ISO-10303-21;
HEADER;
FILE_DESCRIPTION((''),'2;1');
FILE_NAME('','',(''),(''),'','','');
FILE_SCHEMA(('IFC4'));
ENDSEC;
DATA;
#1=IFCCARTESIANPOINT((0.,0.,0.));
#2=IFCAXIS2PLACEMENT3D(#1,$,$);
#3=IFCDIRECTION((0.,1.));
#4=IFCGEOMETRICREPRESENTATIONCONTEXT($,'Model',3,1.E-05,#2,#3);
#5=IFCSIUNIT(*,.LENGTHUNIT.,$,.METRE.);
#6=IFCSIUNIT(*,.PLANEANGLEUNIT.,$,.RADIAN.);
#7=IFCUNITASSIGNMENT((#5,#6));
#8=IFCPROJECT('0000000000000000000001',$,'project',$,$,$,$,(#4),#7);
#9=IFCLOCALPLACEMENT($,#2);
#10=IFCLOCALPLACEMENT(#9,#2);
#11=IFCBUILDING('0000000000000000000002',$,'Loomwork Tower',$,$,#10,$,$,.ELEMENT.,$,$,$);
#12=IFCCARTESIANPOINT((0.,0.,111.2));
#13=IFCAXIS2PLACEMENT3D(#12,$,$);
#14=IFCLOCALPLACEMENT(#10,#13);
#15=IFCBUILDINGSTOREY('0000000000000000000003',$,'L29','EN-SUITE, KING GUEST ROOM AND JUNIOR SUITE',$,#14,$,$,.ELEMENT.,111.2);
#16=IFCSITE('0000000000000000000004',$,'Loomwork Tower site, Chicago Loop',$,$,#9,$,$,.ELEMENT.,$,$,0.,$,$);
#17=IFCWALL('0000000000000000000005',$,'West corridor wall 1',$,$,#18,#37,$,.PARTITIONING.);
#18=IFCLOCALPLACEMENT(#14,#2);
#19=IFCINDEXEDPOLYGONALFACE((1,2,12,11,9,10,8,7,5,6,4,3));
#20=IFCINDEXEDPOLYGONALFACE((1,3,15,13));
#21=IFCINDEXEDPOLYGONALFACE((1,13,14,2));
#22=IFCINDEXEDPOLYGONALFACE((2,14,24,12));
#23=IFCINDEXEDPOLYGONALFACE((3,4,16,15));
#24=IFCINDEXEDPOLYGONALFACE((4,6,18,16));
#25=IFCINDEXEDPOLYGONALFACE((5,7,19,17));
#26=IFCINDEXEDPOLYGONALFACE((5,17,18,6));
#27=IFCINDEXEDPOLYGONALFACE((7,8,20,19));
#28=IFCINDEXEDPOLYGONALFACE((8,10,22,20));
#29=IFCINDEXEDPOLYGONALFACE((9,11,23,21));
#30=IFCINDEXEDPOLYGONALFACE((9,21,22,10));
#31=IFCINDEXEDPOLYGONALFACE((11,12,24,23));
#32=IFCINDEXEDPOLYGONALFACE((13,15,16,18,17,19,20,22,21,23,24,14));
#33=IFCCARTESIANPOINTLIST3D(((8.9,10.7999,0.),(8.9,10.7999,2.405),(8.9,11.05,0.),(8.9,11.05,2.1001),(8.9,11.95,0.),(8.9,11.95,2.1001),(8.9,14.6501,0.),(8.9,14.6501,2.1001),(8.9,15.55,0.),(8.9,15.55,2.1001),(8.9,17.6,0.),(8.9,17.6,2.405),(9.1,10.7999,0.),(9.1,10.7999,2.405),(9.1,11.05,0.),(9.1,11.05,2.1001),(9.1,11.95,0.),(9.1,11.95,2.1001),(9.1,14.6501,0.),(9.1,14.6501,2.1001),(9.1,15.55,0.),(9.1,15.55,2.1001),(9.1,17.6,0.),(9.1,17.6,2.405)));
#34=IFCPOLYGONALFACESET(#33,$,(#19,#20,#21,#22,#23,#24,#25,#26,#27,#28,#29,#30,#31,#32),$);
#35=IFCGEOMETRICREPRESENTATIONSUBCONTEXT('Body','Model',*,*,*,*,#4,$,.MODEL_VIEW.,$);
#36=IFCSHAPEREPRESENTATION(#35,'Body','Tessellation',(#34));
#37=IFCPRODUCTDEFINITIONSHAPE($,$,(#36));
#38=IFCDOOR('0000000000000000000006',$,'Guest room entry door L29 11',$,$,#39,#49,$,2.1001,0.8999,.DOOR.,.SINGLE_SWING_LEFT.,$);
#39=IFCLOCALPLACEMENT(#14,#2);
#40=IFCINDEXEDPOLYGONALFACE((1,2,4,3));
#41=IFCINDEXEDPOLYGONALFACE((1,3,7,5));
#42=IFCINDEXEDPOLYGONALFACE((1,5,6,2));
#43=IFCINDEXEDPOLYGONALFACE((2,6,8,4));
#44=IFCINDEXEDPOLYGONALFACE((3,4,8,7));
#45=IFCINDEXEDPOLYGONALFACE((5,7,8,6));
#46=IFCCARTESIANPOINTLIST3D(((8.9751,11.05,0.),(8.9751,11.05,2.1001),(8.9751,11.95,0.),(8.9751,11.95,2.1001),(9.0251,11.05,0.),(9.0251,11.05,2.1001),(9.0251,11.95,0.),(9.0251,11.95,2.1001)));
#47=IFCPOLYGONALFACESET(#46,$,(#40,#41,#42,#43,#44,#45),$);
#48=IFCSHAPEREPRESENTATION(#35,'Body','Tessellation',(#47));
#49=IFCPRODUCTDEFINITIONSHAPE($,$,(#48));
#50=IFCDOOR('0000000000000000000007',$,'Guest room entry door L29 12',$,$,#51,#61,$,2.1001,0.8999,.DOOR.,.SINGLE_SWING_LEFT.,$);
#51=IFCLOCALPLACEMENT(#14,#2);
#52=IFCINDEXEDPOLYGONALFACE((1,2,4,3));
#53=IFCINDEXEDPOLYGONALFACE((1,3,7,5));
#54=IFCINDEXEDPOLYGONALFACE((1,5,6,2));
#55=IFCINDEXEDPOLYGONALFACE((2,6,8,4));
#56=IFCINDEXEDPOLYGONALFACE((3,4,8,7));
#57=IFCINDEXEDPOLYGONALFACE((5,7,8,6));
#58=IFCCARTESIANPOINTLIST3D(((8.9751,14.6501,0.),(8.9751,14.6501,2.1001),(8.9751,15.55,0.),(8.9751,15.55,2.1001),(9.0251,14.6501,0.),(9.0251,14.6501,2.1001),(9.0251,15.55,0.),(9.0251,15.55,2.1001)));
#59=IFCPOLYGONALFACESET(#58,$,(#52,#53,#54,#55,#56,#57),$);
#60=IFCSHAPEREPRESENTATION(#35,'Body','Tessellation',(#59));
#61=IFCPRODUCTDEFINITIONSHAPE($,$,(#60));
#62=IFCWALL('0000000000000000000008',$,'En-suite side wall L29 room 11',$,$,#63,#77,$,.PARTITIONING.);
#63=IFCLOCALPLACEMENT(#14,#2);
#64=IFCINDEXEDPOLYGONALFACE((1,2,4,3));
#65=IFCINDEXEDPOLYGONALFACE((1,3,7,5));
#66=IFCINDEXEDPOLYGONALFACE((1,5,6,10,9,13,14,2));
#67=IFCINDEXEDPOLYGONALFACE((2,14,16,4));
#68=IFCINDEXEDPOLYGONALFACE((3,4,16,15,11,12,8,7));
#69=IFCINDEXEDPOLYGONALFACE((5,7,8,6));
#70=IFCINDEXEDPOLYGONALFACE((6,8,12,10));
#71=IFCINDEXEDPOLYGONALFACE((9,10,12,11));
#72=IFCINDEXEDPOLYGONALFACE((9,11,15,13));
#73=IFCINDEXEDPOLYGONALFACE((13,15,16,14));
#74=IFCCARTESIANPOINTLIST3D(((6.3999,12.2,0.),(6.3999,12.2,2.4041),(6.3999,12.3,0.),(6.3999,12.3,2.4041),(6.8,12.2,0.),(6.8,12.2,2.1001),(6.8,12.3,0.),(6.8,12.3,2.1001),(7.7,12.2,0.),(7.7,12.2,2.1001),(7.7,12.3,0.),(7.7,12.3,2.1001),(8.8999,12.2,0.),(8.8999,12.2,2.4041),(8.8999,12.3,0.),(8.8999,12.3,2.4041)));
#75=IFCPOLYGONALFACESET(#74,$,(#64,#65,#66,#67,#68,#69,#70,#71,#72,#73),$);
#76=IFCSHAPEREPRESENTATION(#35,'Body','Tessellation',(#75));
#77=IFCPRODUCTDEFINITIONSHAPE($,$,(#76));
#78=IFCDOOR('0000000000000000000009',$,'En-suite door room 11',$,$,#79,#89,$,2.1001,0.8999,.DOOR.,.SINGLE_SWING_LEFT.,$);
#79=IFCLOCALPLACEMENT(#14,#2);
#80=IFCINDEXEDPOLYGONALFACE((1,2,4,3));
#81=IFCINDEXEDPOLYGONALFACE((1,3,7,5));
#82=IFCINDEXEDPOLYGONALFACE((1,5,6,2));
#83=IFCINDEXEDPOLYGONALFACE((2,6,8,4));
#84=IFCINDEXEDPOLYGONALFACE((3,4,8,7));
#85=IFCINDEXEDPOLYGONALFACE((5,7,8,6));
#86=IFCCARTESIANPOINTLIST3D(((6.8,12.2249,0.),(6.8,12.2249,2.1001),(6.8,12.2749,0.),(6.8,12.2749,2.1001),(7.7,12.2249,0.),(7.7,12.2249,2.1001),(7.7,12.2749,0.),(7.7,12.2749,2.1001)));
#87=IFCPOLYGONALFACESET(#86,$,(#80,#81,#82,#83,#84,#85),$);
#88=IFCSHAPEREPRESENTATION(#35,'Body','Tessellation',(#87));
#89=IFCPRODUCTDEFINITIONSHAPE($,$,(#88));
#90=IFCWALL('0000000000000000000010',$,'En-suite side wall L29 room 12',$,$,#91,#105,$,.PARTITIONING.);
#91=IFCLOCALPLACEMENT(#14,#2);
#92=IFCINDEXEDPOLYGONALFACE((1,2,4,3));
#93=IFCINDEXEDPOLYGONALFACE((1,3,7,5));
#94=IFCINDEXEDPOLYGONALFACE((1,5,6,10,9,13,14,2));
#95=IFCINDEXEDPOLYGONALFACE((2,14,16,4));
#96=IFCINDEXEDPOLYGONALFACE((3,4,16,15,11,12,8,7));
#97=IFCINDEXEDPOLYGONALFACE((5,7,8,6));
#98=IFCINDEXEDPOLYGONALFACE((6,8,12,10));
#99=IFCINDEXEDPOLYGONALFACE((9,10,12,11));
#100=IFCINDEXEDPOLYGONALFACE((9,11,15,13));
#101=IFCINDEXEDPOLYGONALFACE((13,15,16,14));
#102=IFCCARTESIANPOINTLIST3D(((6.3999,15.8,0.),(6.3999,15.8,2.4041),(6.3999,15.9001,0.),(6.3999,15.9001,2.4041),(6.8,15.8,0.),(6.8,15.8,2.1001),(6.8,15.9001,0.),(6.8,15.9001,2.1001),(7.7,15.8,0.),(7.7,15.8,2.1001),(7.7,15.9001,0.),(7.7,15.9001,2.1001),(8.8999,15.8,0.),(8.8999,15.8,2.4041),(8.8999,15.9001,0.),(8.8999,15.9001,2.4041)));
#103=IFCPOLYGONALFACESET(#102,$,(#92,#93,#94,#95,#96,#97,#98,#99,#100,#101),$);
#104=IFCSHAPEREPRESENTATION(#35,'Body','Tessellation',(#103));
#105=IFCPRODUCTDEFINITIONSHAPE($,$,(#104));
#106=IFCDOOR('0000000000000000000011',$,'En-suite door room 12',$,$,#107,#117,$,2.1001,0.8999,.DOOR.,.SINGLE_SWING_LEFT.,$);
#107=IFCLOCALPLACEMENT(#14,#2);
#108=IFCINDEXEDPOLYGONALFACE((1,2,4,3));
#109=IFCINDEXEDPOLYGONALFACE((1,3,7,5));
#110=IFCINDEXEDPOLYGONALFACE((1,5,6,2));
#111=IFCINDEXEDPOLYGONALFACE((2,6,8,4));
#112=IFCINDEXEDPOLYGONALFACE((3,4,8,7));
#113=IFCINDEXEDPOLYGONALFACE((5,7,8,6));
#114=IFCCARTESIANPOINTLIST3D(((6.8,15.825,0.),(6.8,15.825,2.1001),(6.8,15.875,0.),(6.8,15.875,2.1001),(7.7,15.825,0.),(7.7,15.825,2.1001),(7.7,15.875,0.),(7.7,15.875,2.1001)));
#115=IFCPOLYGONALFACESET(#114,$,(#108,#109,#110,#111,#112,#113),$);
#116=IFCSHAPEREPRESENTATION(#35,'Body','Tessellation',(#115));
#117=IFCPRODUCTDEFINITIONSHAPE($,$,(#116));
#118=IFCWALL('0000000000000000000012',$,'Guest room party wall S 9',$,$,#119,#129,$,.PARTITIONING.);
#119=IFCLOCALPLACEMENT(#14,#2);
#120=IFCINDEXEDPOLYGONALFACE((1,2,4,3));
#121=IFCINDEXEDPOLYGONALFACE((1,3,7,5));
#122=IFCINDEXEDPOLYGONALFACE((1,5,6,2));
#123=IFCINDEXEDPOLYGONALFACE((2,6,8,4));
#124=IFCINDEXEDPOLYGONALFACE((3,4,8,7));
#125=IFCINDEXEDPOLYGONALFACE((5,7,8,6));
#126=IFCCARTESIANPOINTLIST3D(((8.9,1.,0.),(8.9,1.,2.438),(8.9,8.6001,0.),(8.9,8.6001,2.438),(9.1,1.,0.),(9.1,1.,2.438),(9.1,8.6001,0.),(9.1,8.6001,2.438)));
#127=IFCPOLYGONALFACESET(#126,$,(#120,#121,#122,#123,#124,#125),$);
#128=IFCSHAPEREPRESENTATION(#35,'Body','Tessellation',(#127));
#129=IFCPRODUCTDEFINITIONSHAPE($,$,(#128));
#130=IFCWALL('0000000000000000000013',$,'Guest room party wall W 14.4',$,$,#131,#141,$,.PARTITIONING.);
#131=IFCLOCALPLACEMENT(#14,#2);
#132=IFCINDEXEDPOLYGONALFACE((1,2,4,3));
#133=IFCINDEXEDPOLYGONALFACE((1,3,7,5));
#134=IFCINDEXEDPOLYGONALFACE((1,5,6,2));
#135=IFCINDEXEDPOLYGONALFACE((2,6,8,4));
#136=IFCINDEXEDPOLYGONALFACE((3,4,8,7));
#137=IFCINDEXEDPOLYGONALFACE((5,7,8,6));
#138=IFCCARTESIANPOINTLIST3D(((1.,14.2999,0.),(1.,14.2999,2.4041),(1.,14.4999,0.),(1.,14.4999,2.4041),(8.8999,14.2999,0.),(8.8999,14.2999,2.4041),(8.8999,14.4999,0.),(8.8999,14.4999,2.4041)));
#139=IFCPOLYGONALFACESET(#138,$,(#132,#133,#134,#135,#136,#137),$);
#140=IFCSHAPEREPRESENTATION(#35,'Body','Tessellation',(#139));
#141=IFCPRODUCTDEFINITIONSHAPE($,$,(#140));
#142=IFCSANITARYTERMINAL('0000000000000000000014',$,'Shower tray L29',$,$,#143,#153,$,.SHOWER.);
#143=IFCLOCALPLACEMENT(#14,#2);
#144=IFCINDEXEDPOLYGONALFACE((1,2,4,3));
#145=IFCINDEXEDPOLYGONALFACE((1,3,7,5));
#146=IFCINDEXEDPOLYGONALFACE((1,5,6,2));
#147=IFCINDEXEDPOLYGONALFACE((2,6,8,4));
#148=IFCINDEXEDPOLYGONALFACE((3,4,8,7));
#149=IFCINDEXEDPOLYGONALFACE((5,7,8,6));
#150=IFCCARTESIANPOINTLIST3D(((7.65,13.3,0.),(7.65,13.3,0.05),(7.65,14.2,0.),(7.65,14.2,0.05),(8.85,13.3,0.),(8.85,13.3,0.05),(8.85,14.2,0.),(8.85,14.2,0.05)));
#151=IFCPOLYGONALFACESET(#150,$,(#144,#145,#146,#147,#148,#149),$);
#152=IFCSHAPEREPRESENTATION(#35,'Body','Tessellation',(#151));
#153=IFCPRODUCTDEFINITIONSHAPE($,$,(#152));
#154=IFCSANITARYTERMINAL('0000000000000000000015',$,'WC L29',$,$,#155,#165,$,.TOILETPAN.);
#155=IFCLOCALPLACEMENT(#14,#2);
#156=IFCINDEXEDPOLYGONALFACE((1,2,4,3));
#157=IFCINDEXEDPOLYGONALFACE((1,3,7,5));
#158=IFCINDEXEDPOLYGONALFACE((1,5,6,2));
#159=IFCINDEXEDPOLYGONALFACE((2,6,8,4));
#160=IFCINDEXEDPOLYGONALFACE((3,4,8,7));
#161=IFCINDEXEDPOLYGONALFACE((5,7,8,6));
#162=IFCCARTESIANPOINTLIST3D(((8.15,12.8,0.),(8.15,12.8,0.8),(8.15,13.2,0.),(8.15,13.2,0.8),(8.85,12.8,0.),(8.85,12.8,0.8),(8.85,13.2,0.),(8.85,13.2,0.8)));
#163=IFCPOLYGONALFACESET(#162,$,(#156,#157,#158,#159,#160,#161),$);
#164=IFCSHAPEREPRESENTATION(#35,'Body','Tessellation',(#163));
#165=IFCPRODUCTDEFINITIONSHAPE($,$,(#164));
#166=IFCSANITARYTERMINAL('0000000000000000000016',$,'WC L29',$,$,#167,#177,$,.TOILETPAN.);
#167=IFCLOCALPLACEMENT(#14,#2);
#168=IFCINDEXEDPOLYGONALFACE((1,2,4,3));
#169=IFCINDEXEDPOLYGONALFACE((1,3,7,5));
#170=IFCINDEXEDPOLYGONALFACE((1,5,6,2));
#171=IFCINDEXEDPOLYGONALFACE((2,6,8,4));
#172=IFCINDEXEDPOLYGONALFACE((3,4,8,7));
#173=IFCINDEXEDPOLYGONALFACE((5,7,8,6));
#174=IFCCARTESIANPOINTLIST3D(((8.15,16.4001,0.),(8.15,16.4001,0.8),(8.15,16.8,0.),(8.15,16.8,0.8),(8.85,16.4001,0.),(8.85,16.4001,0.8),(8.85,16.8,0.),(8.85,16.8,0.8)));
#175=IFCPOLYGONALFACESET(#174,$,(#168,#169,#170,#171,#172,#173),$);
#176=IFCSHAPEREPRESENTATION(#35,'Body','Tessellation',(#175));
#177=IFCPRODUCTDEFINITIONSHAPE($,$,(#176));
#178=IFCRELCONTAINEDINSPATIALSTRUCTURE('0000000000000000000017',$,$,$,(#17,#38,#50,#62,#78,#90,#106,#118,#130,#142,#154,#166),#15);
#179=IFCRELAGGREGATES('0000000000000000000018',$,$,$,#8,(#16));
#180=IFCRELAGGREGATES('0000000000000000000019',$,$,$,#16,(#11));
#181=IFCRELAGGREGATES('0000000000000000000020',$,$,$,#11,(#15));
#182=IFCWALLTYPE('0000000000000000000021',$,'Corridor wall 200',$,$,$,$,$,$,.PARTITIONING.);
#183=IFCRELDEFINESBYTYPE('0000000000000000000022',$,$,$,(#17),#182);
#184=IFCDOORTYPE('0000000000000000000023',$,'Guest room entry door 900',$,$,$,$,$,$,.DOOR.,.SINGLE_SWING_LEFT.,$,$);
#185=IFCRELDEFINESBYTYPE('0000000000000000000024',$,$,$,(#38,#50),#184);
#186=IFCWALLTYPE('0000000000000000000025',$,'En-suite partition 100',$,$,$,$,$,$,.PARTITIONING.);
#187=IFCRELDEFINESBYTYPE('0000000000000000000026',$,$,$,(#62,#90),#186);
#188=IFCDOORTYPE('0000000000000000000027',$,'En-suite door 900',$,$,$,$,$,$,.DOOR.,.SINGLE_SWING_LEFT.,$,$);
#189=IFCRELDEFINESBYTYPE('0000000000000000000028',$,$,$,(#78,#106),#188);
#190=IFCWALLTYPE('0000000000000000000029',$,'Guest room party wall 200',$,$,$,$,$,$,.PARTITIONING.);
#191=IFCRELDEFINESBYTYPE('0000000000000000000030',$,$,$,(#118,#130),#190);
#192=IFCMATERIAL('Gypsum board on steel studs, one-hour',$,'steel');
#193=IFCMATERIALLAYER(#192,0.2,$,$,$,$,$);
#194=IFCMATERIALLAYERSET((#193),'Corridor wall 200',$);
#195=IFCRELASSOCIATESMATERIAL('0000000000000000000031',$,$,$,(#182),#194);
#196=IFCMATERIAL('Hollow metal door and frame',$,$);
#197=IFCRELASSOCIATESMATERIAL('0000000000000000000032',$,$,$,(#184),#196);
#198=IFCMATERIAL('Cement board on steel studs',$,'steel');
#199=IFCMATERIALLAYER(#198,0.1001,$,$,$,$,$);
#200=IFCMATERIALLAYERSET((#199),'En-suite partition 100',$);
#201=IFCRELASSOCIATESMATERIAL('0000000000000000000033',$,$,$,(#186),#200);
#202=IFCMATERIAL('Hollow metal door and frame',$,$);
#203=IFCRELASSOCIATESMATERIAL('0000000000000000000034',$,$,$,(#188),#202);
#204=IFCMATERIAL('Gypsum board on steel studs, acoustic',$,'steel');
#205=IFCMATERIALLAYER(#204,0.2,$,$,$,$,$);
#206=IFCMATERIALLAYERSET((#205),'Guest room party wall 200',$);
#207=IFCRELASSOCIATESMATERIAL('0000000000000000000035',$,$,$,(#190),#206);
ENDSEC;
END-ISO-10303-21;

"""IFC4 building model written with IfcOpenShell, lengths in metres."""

from ifc_helpers import new_model, si_unit, direction, frame, frame_2d, origin, origin_2d, place, context, subcontext, project, spatial, rectangle, extrude, material, layer, layer_set, type_object, element, fill, save


model = new_model("IFC4")

# Units and contexts
model_context = context("Model", 3, precision=1e-05, world=origin(), true_north=direction((0.0, 1.0)))
body_context = subcontext(model_context, "Body", "Model", "MODEL_VIEW")
ifc_project = project(units=[si_unit("LENGTHUNIT", "METRE"), si_unit("PLANEANGLEUNIT", "RADIAN")], contexts=[model_context])

# Site, building, storey
site_placement = place(None, origin())
site = spatial("IfcSite", under=ifc_project, at=site_placement, Name="Loomwork Tower site, Chicago Loop", CompositionType="ELEMENT", RefElevation=0.0)
building_placement = place(site_placement, origin())
building = spatial("IfcBuilding", under=site, at=building_placement, Name="Loomwork Tower", CompositionType="ELEMENT")
storey_placement = place(building_placement, frame((0.0, 0.0, 111.2)))
storey = spatial("IfcBuildingStorey", under=building, at=storey_placement, Name="L29", Description="EN-SUITE, KING GUEST ROOM AND JUNIOR SUITE", CompositionType="ELEMENT", Elevation=111.2)

# Shared definitions
ifc_material_1 = material(Name="Gypsum board on steel studs, one-hour", Category="steel")
ifc_layer_1 = layer(ifc_material_1, 0.2)
ifc_layer_set_1 = layer_set([ifc_layer_1], Name="Corridor wall 200")
wall_type_1 = type_object("IfcWallType", Name="Corridor wall 200", PredefinedType="PARTITIONING", material=ifc_layer_set_1)
ifc_material_2 = material(Name="Hollow metal door and frame")
door_type_1 = type_object("IfcDoorType", Name="Guest room entry door 900", OperationType="SINGLE_SWING_LEFT", PredefinedType="DOOR", material=ifc_material_2)

# Wall, openings, doors
wall_1_placement = place(storey_placement, frame((9.0, 10.8, 0.0), z_axis=(0.0, 0.0, 1.0), x_axis=(0.0, 1.0, 0.0)))
wall_1 = element("IfcWall", 1, at=wall_1_placement, inside=storey, type_object=wall_type_1, Name="West corridor wall 1", PredefinedType="PARTITIONING", context=body_context, shape_type="SweptSolid", body=[
    extrude(rectangle(XDim=6.8, YDim=0.2, at=frame_2d((3.3999, 0.0))), origin(), (0.0, 0.0, 1.0), 2.405),
])
opening_1_placement = place(wall_1_placement, frame((0.25, 0.0, 0.0)))
opening_1 = element("IfcOpeningElement", 2, at=opening_1_placement, cuts=wall_1, PredefinedType="OPENING", context=body_context, shape_type="SweptSolid", body=[
    extrude(rectangle(XDim=0.8999, YDim=2.1001, at=frame_2d((0.45, 1.05))), frame((0.0, 0.1099, 0.0), z_axis=(0.0, -1.0, 0.0), x_axis=(1.0, 0.0, 0.0)), (0.0, 0.0, 1.0), 0.22),
])
opening_2_placement = place(wall_1_placement, frame((3.8501, 0.0, 0.0)))
opening_2 = element("IfcOpeningElement", 3, at=opening_2_placement, cuts=wall_1, PredefinedType="OPENING", context=body_context, shape_type="SweptSolid", body=[
    extrude(rectangle(XDim=0.8999, YDim=2.1001, at=frame_2d((0.45, 1.05))), frame((0.0, 0.1099, 0.0), z_axis=(0.0, -1.0, 0.0), x_axis=(1.0, 0.0, 0.0)), (0.0, 0.0, 1.0), 0.22),
])
door_1_placement = place(opening_1_placement, origin())
door_1 = element("IfcDoor", 4, at=door_1_placement, inside=storey, type_object=door_type_1, Name="Guest room entry door L29 11", OperationType="SINGLE_SWING_LEFT", OverallHeight=2.1001, OverallWidth=0.8999, PredefinedType="DOOR", context=body_context, shape_type="SweptSolid", body=[
    extrude(rectangle(XDim=0.8999, YDim=2.1001, at=frame_2d((0.45, 1.05))), frame((0.0, 0.0249, 0.0), z_axis=(0.0, -1.0, 0.0), x_axis=(1.0, 0.0, 0.0)), (0.0, 0.0, 1.0), 0.05),
])
fill(opening_1, door_1)
door_2_placement = place(opening_2_placement, origin())
door_2 = element("IfcDoor", 5, at=door_2_placement, inside=storey, type_object=door_type_1, Name="Guest room entry door L29 12", OperationType="SINGLE_SWING_LEFT", OverallHeight=2.1001, OverallWidth=0.8999, PredefinedType="DOOR", context=body_context, shape_type="SweptSolid", body=[
    extrude(rectangle(XDim=0.8999, YDim=2.1001, at=frame_2d((0.45, 1.05))), frame((0.0, 0.0249, 0.0), z_axis=(0.0, -1.0, 0.0), x_axis=(1.0, 0.0, 0.0)), (0.0, 0.0, 1.0), 0.05),
])
fill(opening_2, door_2)

# Walls, openings, doors
ifc_material_3 = material(Name="Cement board on steel studs", Category="steel")
ifc_layer_2 = layer(ifc_material_3, 0.1001)
ifc_layer_set_2 = layer_set([ifc_layer_2], Name="En-suite partition 100")
wall_type_2 = type_object("IfcWallType", Name="En-suite partition 100", PredefinedType="PARTITIONING", material=ifc_layer_set_2)
wall_2_placement = place(storey_placement, frame((8.8999, 12.25, 0.0), z_axis=(0.0, 0.0, 1.0), x_axis=(-1.0, 0.0, 0.0)))
wall_2 = element("IfcWall", 6, at=wall_2_placement, inside=storey, type_object=wall_type_2, Name="En-suite side wall L29 room 11", PredefinedType="PARTITIONING", context=body_context, shape_type="SweptSolid", body=[
    extrude(rectangle(XDim=2.5, YDim=0.1001, at=frame_2d((1.25, 0.0))), origin(), (0.0, 0.0, 1.0), 2.4041),
])
opening_3_placement = place(wall_2_placement, frame((1.2, 0.0, 0.0)))
opening_3 = element("IfcOpeningElement", 7, at=opening_3_placement, cuts=wall_2, PredefinedType="OPENING", context=body_context, shape_type="SweptSolid", body=[
    extrude(rectangle(XDim=0.8999, YDim=2.1001, at=frame_2d((0.45, 1.05))), frame((0.0, 0.0601, 0.0), z_axis=(0.0, -1.0, 0.0), x_axis=(1.0, 0.0, 0.0)), (0.0, 0.0, 1.0), 0.1201),
])
ifc_material_4 = material(Name="Hollow metal door and frame")
door_type_2 = type_object("IfcDoorType", Name="En-suite door 900", OperationType="SINGLE_SWING_LEFT", PredefinedType="DOOR", material=ifc_material_4)
door_3_placement = place(opening_3_placement, frame((0.8999, 0.0, 0.0), z_axis=(0.0, 0.0, 1.0), x_axis=(-1.0, 0.0, 0.0)))
door_3 = element("IfcDoor", 8, at=door_3_placement, inside=storey, type_object=door_type_2, Name="En-suite door room 11", OperationType="SINGLE_SWING_LEFT", OverallHeight=2.1001, OverallWidth=0.8999, PredefinedType="DOOR", context=body_context, shape_type="SweptSolid", body=[
    extrude(rectangle(XDim=0.8999, YDim=2.1001, at=frame_2d((0.45, 1.05))), frame((0.0, 0.0249, 0.0), z_axis=(0.0, -1.0, 0.0), x_axis=(1.0, 0.0, 0.0)), (0.0, 0.0, 1.0), 0.05),
])
fill(opening_3, door_3)
wall_3_placement = place(storey_placement, frame((8.8999, 15.8501, 0.0), z_axis=(0.0, 0.0, 1.0), x_axis=(-1.0, 0.0, 0.0)))
wall_3 = element("IfcWall", 9, at=wall_3_placement, inside=storey, type_object=wall_type_2, Name="En-suite side wall L29 room 12", PredefinedType="PARTITIONING", context=body_context, shape_type="SweptSolid", body=[
    extrude(rectangle(XDim=2.5, YDim=0.1001, at=frame_2d((1.25, 0.0))), origin(), (0.0, 0.0, 1.0), 2.4041),
])
opening_4_placement = place(wall_3_placement, frame((1.2, 0.0, 0.0)))
opening_4 = element("IfcOpeningElement", 10, at=opening_4_placement, cuts=wall_3, PredefinedType="OPENING", context=body_context, shape_type="SweptSolid", body=[
    extrude(rectangle(XDim=0.8999, YDim=2.1001, at=frame_2d((0.45, 1.05))), frame((0.0, 0.0601, 0.0), z_axis=(0.0, -1.0, 0.0), x_axis=(1.0, 0.0, 0.0)), (0.0, 0.0, 1.0), 0.1201),
])
door_4_placement = place(opening_4_placement, frame((0.8999, 0.0, 0.0), z_axis=(0.0, 0.0, 1.0), x_axis=(-1.0, 0.0, 0.0)))
door_4 = element("IfcDoor", 11, at=door_4_placement, inside=storey, type_object=door_type_2, Name="En-suite door room 12", OperationType="SINGLE_SWING_LEFT", OverallHeight=2.1001, OverallWidth=0.8999, PredefinedType="DOOR", context=body_context, shape_type="SweptSolid", body=[
    extrude(rectangle(XDim=0.8999, YDim=2.1001, at=frame_2d((0.45, 1.05))), frame((0.0, 0.0249, 0.0), z_axis=(0.0, -1.0, 0.0), x_axis=(1.0, 0.0, 0.0)), (0.0, 0.0, 1.0), 0.05),
])
fill(opening_4, door_4)

# Walls
ifc_material_5 = material(Name="Gypsum board on steel studs, acoustic", Category="steel")
ifc_layer_3 = layer(ifc_material_5, 0.2)
ifc_layer_set_3 = layer_set([ifc_layer_3], Name="Guest room party wall 200")
wall_type_3 = type_object("IfcWallType", Name="Guest room party wall 200", PredefinedType="PARTITIONING", material=ifc_layer_set_3)
wall_4_placement = place(storey_placement, frame((9.0, 8.6001, 0.0), z_axis=(0.0, 0.0, 1.0), x_axis=(0.0, -1.0, 0.0)))
element("IfcWall", 12, at=wall_4_placement, inside=storey, type_object=wall_type_3, Name="Guest room party wall S 9", PredefinedType="PARTITIONING", context=body_context, shape_type="SweptSolid", body=[
    extrude(rectangle(XDim=7.6001, YDim=0.2, at=frame_2d((3.8, 0.0))), origin(), (0.0, 0.0, 1.0), 2.438),
])
wall_5_placement = place(storey_placement, frame((8.8999, 14.3999, 0.0), z_axis=(0.0, 0.0, 1.0), x_axis=(-1.0, 0.0, 0.0)))
element("IfcWall", 13, at=wall_5_placement, inside=storey, type_object=wall_type_3, Name="Guest room party wall W 14.4", PredefinedType="PARTITIONING", context=body_context, shape_type="SweptSolid", body=[
    extrude(rectangle(XDim=7.8999, YDim=0.2, at=frame_2d((3.95, 0.0))), origin(), (0.0, 0.0, 1.0), 2.4041),
])

# Sanitary terminals
sanitary_terminal_placement = place(storey_placement, frame((8.25, 13.75, 0.0), z_axis=(0.0, 0.0, 1.0), x_axis=(1.0, 0.0, 0.0)))
element("IfcSanitaryTerminal", 14, at=sanitary_terminal_placement, inside=storey, Name="Shower tray L29", PredefinedType="SHOWER", context=body_context, shape_type="SweptSolid", body=[
    extrude(rectangle(XDim=1.2, YDim=0.8999, at=origin_2d()), origin(), (0.0, 0.0, 1.0), 0.05),
])
for number, where, z_axis, x_axis, name in (
    (15, (8.5, 13.0, 0.0), (0.0, 0.0, 1.0), (1.0, 0.0, 0.0), "WC L29"),
    (16, (8.5, 16.6001, 0.0), (0.0, 0.0, 1.0), (1.0, 0.0, 0.0), "WC L29"),
):
    element("IfcSanitaryTerminal", number, at=place(storey_placement, frame(where, z_axis=z_axis, x_axis=x_axis)), inside=storey, Name=name, PredefinedType="TOILETPAN", context=body_context, shape_type="SweptSolid", body=[
        extrude(rectangle(XDim=0.7, YDim=0.3999, at=origin_2d()), origin(), (0.0, 0.0, 1.0), 0.8),
    ])

save(model, "model.ifc")
